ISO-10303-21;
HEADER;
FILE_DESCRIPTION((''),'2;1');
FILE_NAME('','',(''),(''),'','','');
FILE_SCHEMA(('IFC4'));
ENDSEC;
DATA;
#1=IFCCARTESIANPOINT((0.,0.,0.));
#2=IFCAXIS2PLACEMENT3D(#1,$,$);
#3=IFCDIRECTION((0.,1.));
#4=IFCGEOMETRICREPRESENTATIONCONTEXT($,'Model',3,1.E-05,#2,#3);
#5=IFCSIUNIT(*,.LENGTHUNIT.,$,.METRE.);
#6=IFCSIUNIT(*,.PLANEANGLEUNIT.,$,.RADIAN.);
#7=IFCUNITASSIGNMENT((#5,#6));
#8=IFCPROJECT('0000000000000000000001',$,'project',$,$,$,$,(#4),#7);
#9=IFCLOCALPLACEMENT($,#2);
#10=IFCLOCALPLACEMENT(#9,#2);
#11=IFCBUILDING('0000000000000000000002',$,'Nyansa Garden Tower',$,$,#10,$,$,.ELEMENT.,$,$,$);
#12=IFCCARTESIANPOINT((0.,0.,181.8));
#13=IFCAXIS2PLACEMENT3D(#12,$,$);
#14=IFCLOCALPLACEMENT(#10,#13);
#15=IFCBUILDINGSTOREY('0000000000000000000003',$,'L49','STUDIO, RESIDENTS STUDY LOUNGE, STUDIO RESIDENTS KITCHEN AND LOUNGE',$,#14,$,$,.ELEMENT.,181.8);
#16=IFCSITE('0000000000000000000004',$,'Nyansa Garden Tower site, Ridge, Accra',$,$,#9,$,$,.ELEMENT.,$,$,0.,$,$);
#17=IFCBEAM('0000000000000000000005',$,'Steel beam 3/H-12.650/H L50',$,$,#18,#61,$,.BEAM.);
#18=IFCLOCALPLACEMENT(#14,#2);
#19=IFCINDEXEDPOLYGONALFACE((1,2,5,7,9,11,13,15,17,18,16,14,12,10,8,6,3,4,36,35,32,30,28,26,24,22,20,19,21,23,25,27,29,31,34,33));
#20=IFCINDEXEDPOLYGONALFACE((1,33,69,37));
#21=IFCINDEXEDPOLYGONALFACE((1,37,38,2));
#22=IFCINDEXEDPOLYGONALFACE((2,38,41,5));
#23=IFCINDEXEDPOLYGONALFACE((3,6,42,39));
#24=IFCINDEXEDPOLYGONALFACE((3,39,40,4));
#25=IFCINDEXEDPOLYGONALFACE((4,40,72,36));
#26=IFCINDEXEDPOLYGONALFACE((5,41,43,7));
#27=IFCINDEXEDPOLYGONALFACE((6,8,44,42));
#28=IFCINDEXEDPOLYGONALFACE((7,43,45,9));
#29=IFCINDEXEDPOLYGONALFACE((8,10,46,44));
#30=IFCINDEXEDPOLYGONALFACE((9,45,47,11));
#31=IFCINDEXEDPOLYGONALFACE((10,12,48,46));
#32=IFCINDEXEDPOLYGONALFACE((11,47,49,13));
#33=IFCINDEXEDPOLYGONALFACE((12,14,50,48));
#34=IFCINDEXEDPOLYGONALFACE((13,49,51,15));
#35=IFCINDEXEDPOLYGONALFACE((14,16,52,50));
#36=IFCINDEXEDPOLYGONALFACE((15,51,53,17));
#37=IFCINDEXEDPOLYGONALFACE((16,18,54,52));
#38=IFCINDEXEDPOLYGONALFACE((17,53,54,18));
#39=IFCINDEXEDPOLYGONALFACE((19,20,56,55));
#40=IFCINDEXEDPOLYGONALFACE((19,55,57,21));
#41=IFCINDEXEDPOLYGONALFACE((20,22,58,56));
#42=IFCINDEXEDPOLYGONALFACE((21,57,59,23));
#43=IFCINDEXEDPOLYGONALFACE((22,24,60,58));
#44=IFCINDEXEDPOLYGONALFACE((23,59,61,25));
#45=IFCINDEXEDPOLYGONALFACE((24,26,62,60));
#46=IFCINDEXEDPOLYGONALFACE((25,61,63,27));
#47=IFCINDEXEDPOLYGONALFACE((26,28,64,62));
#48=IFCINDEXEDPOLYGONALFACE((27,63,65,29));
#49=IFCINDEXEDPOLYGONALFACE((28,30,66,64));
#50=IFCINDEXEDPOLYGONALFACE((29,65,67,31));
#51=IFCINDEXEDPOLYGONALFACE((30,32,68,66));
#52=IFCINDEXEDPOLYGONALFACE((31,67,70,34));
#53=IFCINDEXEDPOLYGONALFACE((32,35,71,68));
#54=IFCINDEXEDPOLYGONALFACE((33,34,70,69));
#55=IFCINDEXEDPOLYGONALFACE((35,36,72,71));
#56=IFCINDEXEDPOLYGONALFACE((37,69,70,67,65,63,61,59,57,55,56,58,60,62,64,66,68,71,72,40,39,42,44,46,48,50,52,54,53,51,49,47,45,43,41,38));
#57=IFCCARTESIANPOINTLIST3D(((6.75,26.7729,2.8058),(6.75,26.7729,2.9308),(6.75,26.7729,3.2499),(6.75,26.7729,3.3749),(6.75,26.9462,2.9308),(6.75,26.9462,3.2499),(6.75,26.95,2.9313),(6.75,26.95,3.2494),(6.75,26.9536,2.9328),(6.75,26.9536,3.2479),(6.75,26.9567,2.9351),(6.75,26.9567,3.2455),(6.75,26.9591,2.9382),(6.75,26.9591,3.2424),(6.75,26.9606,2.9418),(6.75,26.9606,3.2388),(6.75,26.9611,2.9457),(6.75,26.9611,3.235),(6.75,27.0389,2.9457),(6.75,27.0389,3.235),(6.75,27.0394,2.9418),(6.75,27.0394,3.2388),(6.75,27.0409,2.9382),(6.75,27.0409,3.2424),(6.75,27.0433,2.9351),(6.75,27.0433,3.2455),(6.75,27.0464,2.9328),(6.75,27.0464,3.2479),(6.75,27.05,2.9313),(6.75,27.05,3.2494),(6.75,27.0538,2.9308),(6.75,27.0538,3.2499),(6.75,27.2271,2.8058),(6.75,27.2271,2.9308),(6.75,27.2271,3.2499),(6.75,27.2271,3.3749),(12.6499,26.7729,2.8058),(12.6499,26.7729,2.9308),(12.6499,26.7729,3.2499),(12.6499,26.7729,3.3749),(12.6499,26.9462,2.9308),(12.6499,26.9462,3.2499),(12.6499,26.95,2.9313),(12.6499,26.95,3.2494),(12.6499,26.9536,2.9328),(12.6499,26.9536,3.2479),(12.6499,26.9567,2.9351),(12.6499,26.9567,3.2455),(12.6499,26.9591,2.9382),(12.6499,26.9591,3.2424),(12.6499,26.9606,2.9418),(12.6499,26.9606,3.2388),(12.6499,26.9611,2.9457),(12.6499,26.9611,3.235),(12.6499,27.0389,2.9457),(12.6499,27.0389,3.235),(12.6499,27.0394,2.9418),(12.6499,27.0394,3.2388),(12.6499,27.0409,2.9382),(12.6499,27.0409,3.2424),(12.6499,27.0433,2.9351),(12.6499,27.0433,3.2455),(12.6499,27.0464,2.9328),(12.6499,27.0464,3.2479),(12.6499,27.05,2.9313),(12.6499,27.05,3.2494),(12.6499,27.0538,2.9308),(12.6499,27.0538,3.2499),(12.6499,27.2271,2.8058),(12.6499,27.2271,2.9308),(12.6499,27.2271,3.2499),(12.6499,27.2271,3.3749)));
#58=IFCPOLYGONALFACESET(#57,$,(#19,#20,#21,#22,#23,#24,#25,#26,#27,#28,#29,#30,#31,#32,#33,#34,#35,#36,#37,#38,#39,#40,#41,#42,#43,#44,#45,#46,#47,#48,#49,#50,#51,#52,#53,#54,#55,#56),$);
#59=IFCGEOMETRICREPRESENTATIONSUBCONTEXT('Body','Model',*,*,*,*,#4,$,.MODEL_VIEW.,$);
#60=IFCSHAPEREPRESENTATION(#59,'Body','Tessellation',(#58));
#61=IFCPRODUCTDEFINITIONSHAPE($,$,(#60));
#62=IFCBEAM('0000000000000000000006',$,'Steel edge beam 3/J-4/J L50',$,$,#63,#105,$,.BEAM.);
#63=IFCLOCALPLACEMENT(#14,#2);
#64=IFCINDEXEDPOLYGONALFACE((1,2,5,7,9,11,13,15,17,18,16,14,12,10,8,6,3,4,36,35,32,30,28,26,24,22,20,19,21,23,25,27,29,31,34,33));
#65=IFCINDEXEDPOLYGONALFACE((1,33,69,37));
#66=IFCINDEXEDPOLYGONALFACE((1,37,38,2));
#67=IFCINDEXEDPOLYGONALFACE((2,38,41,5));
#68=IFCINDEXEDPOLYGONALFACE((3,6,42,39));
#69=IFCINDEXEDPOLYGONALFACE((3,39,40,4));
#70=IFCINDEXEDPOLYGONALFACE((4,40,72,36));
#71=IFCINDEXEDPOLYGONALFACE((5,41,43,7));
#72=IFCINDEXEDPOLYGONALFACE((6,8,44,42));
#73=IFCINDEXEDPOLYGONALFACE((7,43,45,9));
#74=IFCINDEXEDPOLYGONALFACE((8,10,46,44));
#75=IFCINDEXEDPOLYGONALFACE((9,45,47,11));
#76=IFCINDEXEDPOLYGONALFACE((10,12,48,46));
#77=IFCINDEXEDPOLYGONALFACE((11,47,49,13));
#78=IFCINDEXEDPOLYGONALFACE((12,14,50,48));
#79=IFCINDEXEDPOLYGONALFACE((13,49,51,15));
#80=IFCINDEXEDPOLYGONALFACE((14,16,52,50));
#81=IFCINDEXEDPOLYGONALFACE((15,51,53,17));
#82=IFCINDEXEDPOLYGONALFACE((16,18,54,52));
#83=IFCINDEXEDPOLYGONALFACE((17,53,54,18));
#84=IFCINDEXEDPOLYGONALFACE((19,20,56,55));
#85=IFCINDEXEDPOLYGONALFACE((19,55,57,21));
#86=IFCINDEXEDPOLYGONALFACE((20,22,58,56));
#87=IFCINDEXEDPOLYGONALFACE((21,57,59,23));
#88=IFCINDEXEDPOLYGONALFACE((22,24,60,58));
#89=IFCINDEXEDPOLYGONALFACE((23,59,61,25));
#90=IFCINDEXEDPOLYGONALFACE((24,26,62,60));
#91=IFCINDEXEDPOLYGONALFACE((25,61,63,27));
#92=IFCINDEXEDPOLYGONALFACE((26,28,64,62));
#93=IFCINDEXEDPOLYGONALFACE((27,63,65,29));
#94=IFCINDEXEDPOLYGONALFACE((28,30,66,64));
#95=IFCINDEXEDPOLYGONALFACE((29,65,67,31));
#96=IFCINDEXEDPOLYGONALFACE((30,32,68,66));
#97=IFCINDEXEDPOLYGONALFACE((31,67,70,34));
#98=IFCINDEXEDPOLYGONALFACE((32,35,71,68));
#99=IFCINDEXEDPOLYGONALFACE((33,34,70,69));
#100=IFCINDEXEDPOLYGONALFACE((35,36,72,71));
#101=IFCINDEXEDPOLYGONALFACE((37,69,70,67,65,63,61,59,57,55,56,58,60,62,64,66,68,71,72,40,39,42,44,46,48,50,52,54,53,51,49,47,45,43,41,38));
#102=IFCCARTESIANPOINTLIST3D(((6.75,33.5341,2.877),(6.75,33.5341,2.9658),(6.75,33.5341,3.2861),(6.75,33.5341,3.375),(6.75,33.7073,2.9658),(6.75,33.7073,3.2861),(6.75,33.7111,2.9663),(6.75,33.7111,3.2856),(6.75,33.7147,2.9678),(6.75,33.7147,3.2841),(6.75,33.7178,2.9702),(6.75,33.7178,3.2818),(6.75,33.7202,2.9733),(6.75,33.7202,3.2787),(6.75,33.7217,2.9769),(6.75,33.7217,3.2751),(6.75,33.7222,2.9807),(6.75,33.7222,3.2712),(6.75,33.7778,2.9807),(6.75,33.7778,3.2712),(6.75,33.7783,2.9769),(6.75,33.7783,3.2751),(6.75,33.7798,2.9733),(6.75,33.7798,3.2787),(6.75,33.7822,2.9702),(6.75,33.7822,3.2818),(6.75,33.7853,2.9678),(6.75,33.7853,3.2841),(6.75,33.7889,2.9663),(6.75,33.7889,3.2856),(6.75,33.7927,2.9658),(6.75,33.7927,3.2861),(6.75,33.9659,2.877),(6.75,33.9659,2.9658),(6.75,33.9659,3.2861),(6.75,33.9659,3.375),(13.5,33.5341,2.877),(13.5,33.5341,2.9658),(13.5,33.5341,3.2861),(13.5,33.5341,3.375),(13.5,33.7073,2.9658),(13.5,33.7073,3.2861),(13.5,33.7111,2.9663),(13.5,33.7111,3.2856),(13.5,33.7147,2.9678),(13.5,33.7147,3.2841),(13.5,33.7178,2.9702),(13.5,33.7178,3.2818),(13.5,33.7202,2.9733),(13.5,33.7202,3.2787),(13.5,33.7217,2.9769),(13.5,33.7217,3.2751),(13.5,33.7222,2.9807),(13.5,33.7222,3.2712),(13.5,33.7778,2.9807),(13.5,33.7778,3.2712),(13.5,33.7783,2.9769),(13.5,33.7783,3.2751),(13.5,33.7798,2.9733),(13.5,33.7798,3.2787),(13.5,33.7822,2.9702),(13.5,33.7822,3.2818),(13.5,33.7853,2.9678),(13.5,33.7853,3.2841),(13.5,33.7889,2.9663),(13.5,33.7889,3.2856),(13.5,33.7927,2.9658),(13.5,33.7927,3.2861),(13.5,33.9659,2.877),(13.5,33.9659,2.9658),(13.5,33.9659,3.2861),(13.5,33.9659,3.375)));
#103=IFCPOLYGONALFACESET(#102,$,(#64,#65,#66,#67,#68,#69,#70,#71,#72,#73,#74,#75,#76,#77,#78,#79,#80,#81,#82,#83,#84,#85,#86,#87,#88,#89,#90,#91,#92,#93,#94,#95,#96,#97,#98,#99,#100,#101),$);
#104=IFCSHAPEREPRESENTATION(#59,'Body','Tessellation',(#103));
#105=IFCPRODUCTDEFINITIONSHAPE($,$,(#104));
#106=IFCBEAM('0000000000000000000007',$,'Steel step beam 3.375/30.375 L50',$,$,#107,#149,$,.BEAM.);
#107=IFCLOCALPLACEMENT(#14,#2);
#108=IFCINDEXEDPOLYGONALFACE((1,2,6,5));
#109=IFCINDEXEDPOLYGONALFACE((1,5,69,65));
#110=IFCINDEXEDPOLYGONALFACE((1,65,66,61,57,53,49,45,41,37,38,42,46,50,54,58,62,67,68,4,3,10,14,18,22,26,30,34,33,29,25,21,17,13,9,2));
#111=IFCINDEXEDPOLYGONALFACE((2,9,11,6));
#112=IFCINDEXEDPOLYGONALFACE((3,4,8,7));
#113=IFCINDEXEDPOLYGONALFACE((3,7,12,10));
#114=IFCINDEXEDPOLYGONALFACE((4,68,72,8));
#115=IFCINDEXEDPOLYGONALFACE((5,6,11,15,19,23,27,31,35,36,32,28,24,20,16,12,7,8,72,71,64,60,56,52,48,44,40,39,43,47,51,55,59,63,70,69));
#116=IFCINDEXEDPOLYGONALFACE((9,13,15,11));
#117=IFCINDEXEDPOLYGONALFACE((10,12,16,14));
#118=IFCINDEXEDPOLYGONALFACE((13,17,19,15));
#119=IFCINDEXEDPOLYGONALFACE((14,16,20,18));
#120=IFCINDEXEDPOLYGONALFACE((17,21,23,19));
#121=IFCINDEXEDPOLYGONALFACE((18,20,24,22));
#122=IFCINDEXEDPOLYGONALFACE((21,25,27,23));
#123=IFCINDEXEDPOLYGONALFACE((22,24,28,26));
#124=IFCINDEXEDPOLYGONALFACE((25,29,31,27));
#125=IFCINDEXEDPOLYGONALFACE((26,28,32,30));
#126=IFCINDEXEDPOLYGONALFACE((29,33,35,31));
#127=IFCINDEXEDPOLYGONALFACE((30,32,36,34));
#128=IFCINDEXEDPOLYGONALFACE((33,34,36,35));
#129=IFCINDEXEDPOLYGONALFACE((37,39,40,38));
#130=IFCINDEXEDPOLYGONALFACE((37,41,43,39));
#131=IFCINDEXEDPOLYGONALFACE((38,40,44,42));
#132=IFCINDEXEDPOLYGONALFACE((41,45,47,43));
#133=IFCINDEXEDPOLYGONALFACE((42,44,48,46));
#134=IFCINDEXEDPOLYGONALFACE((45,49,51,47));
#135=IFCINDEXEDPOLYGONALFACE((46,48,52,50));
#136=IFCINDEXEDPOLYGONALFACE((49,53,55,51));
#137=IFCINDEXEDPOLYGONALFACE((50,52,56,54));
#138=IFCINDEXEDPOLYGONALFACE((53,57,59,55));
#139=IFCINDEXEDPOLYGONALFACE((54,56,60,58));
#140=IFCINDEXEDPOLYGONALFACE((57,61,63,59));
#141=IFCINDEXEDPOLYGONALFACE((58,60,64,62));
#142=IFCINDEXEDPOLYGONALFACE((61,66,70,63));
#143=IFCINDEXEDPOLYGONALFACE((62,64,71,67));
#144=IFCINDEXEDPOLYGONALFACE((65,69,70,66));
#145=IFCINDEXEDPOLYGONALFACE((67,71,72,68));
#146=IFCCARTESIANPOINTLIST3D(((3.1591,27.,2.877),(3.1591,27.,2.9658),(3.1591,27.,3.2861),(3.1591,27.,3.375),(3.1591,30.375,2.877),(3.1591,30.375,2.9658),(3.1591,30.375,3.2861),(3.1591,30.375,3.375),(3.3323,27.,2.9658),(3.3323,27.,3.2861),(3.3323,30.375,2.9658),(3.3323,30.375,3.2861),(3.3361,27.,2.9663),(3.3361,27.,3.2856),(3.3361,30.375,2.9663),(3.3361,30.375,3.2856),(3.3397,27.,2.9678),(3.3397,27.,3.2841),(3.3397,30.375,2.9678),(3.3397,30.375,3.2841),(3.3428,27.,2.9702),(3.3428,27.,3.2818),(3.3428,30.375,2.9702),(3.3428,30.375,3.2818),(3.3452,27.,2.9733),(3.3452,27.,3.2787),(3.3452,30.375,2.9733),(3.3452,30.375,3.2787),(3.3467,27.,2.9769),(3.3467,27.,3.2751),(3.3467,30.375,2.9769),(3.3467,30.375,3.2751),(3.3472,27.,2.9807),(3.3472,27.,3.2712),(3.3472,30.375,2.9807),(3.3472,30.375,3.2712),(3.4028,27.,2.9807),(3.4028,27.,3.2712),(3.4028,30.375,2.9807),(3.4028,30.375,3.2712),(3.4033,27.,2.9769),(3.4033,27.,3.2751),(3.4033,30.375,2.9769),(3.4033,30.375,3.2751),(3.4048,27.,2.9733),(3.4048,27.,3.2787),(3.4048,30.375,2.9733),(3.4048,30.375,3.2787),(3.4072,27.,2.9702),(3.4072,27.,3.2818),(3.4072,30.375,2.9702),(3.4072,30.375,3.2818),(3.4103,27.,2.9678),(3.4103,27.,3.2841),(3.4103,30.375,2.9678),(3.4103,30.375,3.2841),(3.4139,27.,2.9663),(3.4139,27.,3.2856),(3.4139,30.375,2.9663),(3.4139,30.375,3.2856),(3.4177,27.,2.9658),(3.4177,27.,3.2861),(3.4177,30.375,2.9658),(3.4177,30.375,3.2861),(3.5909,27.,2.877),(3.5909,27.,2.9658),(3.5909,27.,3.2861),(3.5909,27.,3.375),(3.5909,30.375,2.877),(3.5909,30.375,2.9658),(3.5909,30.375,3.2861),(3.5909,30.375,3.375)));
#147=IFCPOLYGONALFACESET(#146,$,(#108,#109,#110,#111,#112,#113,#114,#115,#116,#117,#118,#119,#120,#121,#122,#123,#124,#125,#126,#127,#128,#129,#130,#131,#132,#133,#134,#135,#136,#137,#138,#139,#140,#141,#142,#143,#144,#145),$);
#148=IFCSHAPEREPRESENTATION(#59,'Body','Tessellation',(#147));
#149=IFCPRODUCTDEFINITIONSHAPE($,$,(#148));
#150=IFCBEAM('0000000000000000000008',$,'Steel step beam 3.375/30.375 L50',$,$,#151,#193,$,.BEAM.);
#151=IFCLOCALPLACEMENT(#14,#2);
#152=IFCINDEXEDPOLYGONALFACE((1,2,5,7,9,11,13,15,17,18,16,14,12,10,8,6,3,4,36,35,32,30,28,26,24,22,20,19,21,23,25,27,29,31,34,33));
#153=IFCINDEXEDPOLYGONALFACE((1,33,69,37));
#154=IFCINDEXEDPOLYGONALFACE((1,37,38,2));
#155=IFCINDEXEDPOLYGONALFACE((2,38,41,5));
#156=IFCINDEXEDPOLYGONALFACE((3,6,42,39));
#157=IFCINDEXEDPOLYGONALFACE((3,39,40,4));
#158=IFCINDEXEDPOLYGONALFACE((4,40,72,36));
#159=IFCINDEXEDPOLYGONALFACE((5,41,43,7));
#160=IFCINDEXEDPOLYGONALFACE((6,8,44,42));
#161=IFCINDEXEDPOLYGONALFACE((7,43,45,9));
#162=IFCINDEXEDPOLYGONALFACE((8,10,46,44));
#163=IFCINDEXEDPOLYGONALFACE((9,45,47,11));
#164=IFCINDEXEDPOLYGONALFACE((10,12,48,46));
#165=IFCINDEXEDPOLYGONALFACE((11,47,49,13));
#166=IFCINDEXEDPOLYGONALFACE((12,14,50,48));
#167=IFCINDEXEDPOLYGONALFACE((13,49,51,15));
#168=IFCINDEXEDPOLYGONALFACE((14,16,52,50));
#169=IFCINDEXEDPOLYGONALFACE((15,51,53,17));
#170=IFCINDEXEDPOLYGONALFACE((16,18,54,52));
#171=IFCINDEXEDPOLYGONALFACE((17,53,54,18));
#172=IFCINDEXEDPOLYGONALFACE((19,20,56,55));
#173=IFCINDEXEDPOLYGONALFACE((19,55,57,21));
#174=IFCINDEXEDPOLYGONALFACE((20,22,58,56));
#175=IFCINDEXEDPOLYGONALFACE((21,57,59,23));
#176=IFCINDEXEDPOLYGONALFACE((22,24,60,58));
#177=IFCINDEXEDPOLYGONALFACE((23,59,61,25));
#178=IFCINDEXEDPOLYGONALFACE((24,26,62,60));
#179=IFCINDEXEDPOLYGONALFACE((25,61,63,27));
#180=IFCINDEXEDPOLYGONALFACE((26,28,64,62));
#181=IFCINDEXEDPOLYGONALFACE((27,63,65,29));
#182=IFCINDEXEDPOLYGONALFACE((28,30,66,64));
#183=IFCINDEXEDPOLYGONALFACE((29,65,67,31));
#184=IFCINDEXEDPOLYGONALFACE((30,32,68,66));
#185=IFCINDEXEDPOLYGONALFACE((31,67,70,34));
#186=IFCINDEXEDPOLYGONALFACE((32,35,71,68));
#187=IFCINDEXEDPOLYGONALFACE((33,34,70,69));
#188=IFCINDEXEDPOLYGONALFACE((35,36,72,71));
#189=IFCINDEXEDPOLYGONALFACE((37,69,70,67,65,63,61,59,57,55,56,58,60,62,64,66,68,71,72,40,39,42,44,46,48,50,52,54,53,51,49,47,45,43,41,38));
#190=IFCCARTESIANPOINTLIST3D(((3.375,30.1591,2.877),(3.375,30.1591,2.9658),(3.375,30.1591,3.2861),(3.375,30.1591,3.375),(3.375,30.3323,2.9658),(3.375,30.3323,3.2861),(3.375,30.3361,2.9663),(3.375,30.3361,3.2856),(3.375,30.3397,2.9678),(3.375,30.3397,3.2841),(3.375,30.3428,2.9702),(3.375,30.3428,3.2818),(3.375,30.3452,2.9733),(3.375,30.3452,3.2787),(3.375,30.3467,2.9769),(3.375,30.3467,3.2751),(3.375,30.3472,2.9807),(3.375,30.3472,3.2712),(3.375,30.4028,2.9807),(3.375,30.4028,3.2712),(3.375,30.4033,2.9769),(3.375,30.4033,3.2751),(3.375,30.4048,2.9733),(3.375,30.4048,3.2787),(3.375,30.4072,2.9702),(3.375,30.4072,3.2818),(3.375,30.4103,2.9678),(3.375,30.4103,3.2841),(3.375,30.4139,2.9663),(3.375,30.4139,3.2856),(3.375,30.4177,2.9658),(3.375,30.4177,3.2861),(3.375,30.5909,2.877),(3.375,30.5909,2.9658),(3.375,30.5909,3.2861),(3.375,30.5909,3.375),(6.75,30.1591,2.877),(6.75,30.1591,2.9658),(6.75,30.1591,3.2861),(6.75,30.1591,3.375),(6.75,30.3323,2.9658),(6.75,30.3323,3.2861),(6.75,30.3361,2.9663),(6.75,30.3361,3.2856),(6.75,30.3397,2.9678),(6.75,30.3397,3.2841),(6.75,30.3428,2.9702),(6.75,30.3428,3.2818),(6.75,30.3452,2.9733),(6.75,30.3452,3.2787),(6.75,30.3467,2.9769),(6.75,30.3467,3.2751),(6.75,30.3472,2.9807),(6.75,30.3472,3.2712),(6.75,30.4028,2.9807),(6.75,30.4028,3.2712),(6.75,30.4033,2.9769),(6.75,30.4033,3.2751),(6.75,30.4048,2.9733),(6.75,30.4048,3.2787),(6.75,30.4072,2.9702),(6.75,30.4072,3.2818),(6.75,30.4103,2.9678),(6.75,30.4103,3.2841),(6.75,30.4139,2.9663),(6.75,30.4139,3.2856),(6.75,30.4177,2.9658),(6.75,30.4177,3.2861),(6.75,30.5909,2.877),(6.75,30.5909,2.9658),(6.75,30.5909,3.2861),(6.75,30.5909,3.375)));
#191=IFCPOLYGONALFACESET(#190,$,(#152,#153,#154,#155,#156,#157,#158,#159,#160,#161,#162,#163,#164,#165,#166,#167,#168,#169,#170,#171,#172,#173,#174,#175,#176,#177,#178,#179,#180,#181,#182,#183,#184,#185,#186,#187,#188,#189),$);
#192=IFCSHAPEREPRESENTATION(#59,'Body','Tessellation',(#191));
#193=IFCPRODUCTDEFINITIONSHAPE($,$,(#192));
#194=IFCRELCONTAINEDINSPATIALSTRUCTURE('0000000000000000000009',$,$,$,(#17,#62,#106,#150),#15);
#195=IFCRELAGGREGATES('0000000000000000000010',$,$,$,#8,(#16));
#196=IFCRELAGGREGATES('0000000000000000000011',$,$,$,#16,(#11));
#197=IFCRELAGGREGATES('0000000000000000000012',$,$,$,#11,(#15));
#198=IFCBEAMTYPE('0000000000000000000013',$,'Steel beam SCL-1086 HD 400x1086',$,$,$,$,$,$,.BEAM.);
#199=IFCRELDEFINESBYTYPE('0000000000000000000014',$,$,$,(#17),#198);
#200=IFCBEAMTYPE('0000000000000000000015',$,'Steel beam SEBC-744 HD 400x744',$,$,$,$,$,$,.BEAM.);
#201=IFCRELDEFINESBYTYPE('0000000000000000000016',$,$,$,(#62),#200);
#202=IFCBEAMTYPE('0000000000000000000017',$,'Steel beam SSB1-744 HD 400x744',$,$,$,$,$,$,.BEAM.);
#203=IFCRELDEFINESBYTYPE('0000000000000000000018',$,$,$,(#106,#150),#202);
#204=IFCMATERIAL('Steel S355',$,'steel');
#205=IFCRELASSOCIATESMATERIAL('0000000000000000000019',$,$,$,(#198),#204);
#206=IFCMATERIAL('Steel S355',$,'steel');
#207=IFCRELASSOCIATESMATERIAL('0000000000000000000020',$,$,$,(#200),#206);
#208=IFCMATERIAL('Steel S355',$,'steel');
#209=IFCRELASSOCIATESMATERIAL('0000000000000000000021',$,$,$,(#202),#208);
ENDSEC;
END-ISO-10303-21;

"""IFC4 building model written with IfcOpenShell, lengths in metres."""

from ifc_helpers import new_model, si_unit, direction, frame, origin, origin_2d, place, context, subcontext, project, spatial, i_section, extrude, material, material_profile, profile_set, type_object, element, save


model = new_model("IFC4")

# Units and contexts
model_context = context("Model", 3, precision=1e-05, world=origin(), true_north=direction((0.0, 1.0)))
body_context = subcontext(model_context, "Body", "Model", "MODEL_VIEW")
ifc_project = project(units=[si_unit("LENGTHUNIT", "METRE"), si_unit("PLANEANGLEUNIT", "RADIAN")], contexts=[model_context])

# Site, building, storey
site_placement = place(None, origin())
site = spatial("IfcSite", under=ifc_project, at=site_placement, Name="Nyansa Garden Tower site, Ridge, Accra", CompositionType="ELEMENT", RefElevation=0.0)
building_placement = place(site_placement, origin())
building = spatial("IfcBuilding", under=site, at=building_placement, Name="Nyansa Garden Tower", CompositionType="ELEMENT")
storey_placement = place(building_placement, frame((0.0, 0.0, 181.8)))
storey = spatial("IfcBuildingStorey", under=building, at=storey_placement, Name="L49", Description="STUDIO, RESIDENTS STUDY LOUNGE, STUDIO RESIDENTS KITCHEN AND LOUNGE", CompositionType="ELEMENT", Elevation=181.8)

# Beams
ifc_material_1 = material(Name="Steel S355", Category="steel")
ifc_material_profile_1 = material_profile(ifc_material_1, i_section(OverallWidth=0.4541, OverallDepth=0.5691, WebThickness=0.0779, FlangeThickness=0.125, FilletRadius=0.0149, at=origin_2d()), Name="HD 400x1086")
ifc_profile_set_1 = profile_set([ifc_material_profile_1], Name="Steel S355")
beam_type_1 = type_object("IfcBeamType", Name="Steel beam SCL-1086 HD 400x1086", PredefinedType="BEAM", material=ifc_profile_set_1)
beam_1_placement = place(storey_placement, frame((6.75, 27.0, 3.0903), z_axis=(1.0, 0.0, 0.0), x_axis=(0.0, 1.0, 0.0)))
element("IfcBeam", 1, at=beam_1_placement, inside=storey, type_object=beam_type_1, Name="Steel beam 3/H-12.650/H L50", PredefinedType="BEAM", context=body_context, shape_type="SweptSolid", body=[
    extrude(i_section(OverallWidth=0.4541, OverallDepth=0.5691, WebThickness=0.0779, FlangeThickness=0.125, FilletRadius=0.0149, at=origin_2d()), origin(), (0.0, 0.0, 1.0), 5.8999),
])
ifc_material_2 = material(Name="Steel S355", Category="steel")
ifc_material_profile_2 = material_profile(ifc_material_2, i_section(OverallWidth=0.4319, OverallDepth=0.498, WebThickness=0.0557, FlangeThickness=0.0889, FilletRadius=0.0149, at=origin_2d()), Name="HD 400x744")
ifc_profile_set_2 = profile_set([ifc_material_profile_2], Name="Steel S355")
beam_type_2 = type_object("IfcBeamType", Name="Steel beam SEBC-744 HD 400x744", PredefinedType="BEAM", material=ifc_profile_set_2)
beam_2_placement = place(storey_placement, frame((6.75, 33.75, 3.126), z_axis=(1.0, 0.0, 0.0), x_axis=(0.0, 1.0, 0.0)))
element("IfcBeam", 2, at=beam_2_placement, inside=storey, type_object=beam_type_2, Name="Steel edge beam 3/J-4/J L50", PredefinedType="BEAM", context=body_context, shape_type="SweptSolid", body=[
    extrude(i_section(OverallWidth=0.4319, OverallDepth=0.498, WebThickness=0.0557, FlangeThickness=0.0889, FilletRadius=0.0149, at=origin_2d()), origin(), (0.0, 0.0, 1.0), 6.75),
])
ifc_material_3 = material(Name="Steel S355", Category="steel")
ifc_material_profile_3 = material_profile(ifc_material_3, i_section(OverallWidth=0.4319, OverallDepth=0.498, WebThickness=0.0557, FlangeThickness=0.0889, FilletRadius=0.0149, at=origin_2d()), Name="HD 400x744")
ifc_profile_set_3 = profile_set([ifc_material_profile_3], Name="Steel S355")
beam_type_3 = type_object("IfcBeamType", Name="Steel beam SSB1-744 HD 400x744", PredefinedType="BEAM", material=ifc_profile_set_3)
for number, where, z_axis, x_axis, name in (
    (3, (3.375, 30.375, 3.126), (0.0, -1.0, 0.0), (1.0, 0.0, 0.0), "Steel step beam 3.375/30.375 L50"),
    (4, (3.375, 30.375, 3.126), (1.0, 0.0, 0.0), (0.0, 1.0, 0.0), "Steel step beam 3.375/30.375 L50"),
):
    element("IfcBeam", number, at=place(storey_placement, frame(where, z_axis=z_axis, x_axis=x_axis)), inside=storey, type_object=beam_type_3, Name=name, PredefinedType="BEAM", context=body_context, shape_type="SweptSolid", body=[
        extrude(i_section(OverallWidth=0.4319, OverallDepth=0.498, WebThickness=0.0557, FlangeThickness=0.0889, FilletRadius=0.0149, at=origin_2d()), origin(), (0.0, 0.0, 1.0), 3.375),
    ])

save(model, "model.ifc")
